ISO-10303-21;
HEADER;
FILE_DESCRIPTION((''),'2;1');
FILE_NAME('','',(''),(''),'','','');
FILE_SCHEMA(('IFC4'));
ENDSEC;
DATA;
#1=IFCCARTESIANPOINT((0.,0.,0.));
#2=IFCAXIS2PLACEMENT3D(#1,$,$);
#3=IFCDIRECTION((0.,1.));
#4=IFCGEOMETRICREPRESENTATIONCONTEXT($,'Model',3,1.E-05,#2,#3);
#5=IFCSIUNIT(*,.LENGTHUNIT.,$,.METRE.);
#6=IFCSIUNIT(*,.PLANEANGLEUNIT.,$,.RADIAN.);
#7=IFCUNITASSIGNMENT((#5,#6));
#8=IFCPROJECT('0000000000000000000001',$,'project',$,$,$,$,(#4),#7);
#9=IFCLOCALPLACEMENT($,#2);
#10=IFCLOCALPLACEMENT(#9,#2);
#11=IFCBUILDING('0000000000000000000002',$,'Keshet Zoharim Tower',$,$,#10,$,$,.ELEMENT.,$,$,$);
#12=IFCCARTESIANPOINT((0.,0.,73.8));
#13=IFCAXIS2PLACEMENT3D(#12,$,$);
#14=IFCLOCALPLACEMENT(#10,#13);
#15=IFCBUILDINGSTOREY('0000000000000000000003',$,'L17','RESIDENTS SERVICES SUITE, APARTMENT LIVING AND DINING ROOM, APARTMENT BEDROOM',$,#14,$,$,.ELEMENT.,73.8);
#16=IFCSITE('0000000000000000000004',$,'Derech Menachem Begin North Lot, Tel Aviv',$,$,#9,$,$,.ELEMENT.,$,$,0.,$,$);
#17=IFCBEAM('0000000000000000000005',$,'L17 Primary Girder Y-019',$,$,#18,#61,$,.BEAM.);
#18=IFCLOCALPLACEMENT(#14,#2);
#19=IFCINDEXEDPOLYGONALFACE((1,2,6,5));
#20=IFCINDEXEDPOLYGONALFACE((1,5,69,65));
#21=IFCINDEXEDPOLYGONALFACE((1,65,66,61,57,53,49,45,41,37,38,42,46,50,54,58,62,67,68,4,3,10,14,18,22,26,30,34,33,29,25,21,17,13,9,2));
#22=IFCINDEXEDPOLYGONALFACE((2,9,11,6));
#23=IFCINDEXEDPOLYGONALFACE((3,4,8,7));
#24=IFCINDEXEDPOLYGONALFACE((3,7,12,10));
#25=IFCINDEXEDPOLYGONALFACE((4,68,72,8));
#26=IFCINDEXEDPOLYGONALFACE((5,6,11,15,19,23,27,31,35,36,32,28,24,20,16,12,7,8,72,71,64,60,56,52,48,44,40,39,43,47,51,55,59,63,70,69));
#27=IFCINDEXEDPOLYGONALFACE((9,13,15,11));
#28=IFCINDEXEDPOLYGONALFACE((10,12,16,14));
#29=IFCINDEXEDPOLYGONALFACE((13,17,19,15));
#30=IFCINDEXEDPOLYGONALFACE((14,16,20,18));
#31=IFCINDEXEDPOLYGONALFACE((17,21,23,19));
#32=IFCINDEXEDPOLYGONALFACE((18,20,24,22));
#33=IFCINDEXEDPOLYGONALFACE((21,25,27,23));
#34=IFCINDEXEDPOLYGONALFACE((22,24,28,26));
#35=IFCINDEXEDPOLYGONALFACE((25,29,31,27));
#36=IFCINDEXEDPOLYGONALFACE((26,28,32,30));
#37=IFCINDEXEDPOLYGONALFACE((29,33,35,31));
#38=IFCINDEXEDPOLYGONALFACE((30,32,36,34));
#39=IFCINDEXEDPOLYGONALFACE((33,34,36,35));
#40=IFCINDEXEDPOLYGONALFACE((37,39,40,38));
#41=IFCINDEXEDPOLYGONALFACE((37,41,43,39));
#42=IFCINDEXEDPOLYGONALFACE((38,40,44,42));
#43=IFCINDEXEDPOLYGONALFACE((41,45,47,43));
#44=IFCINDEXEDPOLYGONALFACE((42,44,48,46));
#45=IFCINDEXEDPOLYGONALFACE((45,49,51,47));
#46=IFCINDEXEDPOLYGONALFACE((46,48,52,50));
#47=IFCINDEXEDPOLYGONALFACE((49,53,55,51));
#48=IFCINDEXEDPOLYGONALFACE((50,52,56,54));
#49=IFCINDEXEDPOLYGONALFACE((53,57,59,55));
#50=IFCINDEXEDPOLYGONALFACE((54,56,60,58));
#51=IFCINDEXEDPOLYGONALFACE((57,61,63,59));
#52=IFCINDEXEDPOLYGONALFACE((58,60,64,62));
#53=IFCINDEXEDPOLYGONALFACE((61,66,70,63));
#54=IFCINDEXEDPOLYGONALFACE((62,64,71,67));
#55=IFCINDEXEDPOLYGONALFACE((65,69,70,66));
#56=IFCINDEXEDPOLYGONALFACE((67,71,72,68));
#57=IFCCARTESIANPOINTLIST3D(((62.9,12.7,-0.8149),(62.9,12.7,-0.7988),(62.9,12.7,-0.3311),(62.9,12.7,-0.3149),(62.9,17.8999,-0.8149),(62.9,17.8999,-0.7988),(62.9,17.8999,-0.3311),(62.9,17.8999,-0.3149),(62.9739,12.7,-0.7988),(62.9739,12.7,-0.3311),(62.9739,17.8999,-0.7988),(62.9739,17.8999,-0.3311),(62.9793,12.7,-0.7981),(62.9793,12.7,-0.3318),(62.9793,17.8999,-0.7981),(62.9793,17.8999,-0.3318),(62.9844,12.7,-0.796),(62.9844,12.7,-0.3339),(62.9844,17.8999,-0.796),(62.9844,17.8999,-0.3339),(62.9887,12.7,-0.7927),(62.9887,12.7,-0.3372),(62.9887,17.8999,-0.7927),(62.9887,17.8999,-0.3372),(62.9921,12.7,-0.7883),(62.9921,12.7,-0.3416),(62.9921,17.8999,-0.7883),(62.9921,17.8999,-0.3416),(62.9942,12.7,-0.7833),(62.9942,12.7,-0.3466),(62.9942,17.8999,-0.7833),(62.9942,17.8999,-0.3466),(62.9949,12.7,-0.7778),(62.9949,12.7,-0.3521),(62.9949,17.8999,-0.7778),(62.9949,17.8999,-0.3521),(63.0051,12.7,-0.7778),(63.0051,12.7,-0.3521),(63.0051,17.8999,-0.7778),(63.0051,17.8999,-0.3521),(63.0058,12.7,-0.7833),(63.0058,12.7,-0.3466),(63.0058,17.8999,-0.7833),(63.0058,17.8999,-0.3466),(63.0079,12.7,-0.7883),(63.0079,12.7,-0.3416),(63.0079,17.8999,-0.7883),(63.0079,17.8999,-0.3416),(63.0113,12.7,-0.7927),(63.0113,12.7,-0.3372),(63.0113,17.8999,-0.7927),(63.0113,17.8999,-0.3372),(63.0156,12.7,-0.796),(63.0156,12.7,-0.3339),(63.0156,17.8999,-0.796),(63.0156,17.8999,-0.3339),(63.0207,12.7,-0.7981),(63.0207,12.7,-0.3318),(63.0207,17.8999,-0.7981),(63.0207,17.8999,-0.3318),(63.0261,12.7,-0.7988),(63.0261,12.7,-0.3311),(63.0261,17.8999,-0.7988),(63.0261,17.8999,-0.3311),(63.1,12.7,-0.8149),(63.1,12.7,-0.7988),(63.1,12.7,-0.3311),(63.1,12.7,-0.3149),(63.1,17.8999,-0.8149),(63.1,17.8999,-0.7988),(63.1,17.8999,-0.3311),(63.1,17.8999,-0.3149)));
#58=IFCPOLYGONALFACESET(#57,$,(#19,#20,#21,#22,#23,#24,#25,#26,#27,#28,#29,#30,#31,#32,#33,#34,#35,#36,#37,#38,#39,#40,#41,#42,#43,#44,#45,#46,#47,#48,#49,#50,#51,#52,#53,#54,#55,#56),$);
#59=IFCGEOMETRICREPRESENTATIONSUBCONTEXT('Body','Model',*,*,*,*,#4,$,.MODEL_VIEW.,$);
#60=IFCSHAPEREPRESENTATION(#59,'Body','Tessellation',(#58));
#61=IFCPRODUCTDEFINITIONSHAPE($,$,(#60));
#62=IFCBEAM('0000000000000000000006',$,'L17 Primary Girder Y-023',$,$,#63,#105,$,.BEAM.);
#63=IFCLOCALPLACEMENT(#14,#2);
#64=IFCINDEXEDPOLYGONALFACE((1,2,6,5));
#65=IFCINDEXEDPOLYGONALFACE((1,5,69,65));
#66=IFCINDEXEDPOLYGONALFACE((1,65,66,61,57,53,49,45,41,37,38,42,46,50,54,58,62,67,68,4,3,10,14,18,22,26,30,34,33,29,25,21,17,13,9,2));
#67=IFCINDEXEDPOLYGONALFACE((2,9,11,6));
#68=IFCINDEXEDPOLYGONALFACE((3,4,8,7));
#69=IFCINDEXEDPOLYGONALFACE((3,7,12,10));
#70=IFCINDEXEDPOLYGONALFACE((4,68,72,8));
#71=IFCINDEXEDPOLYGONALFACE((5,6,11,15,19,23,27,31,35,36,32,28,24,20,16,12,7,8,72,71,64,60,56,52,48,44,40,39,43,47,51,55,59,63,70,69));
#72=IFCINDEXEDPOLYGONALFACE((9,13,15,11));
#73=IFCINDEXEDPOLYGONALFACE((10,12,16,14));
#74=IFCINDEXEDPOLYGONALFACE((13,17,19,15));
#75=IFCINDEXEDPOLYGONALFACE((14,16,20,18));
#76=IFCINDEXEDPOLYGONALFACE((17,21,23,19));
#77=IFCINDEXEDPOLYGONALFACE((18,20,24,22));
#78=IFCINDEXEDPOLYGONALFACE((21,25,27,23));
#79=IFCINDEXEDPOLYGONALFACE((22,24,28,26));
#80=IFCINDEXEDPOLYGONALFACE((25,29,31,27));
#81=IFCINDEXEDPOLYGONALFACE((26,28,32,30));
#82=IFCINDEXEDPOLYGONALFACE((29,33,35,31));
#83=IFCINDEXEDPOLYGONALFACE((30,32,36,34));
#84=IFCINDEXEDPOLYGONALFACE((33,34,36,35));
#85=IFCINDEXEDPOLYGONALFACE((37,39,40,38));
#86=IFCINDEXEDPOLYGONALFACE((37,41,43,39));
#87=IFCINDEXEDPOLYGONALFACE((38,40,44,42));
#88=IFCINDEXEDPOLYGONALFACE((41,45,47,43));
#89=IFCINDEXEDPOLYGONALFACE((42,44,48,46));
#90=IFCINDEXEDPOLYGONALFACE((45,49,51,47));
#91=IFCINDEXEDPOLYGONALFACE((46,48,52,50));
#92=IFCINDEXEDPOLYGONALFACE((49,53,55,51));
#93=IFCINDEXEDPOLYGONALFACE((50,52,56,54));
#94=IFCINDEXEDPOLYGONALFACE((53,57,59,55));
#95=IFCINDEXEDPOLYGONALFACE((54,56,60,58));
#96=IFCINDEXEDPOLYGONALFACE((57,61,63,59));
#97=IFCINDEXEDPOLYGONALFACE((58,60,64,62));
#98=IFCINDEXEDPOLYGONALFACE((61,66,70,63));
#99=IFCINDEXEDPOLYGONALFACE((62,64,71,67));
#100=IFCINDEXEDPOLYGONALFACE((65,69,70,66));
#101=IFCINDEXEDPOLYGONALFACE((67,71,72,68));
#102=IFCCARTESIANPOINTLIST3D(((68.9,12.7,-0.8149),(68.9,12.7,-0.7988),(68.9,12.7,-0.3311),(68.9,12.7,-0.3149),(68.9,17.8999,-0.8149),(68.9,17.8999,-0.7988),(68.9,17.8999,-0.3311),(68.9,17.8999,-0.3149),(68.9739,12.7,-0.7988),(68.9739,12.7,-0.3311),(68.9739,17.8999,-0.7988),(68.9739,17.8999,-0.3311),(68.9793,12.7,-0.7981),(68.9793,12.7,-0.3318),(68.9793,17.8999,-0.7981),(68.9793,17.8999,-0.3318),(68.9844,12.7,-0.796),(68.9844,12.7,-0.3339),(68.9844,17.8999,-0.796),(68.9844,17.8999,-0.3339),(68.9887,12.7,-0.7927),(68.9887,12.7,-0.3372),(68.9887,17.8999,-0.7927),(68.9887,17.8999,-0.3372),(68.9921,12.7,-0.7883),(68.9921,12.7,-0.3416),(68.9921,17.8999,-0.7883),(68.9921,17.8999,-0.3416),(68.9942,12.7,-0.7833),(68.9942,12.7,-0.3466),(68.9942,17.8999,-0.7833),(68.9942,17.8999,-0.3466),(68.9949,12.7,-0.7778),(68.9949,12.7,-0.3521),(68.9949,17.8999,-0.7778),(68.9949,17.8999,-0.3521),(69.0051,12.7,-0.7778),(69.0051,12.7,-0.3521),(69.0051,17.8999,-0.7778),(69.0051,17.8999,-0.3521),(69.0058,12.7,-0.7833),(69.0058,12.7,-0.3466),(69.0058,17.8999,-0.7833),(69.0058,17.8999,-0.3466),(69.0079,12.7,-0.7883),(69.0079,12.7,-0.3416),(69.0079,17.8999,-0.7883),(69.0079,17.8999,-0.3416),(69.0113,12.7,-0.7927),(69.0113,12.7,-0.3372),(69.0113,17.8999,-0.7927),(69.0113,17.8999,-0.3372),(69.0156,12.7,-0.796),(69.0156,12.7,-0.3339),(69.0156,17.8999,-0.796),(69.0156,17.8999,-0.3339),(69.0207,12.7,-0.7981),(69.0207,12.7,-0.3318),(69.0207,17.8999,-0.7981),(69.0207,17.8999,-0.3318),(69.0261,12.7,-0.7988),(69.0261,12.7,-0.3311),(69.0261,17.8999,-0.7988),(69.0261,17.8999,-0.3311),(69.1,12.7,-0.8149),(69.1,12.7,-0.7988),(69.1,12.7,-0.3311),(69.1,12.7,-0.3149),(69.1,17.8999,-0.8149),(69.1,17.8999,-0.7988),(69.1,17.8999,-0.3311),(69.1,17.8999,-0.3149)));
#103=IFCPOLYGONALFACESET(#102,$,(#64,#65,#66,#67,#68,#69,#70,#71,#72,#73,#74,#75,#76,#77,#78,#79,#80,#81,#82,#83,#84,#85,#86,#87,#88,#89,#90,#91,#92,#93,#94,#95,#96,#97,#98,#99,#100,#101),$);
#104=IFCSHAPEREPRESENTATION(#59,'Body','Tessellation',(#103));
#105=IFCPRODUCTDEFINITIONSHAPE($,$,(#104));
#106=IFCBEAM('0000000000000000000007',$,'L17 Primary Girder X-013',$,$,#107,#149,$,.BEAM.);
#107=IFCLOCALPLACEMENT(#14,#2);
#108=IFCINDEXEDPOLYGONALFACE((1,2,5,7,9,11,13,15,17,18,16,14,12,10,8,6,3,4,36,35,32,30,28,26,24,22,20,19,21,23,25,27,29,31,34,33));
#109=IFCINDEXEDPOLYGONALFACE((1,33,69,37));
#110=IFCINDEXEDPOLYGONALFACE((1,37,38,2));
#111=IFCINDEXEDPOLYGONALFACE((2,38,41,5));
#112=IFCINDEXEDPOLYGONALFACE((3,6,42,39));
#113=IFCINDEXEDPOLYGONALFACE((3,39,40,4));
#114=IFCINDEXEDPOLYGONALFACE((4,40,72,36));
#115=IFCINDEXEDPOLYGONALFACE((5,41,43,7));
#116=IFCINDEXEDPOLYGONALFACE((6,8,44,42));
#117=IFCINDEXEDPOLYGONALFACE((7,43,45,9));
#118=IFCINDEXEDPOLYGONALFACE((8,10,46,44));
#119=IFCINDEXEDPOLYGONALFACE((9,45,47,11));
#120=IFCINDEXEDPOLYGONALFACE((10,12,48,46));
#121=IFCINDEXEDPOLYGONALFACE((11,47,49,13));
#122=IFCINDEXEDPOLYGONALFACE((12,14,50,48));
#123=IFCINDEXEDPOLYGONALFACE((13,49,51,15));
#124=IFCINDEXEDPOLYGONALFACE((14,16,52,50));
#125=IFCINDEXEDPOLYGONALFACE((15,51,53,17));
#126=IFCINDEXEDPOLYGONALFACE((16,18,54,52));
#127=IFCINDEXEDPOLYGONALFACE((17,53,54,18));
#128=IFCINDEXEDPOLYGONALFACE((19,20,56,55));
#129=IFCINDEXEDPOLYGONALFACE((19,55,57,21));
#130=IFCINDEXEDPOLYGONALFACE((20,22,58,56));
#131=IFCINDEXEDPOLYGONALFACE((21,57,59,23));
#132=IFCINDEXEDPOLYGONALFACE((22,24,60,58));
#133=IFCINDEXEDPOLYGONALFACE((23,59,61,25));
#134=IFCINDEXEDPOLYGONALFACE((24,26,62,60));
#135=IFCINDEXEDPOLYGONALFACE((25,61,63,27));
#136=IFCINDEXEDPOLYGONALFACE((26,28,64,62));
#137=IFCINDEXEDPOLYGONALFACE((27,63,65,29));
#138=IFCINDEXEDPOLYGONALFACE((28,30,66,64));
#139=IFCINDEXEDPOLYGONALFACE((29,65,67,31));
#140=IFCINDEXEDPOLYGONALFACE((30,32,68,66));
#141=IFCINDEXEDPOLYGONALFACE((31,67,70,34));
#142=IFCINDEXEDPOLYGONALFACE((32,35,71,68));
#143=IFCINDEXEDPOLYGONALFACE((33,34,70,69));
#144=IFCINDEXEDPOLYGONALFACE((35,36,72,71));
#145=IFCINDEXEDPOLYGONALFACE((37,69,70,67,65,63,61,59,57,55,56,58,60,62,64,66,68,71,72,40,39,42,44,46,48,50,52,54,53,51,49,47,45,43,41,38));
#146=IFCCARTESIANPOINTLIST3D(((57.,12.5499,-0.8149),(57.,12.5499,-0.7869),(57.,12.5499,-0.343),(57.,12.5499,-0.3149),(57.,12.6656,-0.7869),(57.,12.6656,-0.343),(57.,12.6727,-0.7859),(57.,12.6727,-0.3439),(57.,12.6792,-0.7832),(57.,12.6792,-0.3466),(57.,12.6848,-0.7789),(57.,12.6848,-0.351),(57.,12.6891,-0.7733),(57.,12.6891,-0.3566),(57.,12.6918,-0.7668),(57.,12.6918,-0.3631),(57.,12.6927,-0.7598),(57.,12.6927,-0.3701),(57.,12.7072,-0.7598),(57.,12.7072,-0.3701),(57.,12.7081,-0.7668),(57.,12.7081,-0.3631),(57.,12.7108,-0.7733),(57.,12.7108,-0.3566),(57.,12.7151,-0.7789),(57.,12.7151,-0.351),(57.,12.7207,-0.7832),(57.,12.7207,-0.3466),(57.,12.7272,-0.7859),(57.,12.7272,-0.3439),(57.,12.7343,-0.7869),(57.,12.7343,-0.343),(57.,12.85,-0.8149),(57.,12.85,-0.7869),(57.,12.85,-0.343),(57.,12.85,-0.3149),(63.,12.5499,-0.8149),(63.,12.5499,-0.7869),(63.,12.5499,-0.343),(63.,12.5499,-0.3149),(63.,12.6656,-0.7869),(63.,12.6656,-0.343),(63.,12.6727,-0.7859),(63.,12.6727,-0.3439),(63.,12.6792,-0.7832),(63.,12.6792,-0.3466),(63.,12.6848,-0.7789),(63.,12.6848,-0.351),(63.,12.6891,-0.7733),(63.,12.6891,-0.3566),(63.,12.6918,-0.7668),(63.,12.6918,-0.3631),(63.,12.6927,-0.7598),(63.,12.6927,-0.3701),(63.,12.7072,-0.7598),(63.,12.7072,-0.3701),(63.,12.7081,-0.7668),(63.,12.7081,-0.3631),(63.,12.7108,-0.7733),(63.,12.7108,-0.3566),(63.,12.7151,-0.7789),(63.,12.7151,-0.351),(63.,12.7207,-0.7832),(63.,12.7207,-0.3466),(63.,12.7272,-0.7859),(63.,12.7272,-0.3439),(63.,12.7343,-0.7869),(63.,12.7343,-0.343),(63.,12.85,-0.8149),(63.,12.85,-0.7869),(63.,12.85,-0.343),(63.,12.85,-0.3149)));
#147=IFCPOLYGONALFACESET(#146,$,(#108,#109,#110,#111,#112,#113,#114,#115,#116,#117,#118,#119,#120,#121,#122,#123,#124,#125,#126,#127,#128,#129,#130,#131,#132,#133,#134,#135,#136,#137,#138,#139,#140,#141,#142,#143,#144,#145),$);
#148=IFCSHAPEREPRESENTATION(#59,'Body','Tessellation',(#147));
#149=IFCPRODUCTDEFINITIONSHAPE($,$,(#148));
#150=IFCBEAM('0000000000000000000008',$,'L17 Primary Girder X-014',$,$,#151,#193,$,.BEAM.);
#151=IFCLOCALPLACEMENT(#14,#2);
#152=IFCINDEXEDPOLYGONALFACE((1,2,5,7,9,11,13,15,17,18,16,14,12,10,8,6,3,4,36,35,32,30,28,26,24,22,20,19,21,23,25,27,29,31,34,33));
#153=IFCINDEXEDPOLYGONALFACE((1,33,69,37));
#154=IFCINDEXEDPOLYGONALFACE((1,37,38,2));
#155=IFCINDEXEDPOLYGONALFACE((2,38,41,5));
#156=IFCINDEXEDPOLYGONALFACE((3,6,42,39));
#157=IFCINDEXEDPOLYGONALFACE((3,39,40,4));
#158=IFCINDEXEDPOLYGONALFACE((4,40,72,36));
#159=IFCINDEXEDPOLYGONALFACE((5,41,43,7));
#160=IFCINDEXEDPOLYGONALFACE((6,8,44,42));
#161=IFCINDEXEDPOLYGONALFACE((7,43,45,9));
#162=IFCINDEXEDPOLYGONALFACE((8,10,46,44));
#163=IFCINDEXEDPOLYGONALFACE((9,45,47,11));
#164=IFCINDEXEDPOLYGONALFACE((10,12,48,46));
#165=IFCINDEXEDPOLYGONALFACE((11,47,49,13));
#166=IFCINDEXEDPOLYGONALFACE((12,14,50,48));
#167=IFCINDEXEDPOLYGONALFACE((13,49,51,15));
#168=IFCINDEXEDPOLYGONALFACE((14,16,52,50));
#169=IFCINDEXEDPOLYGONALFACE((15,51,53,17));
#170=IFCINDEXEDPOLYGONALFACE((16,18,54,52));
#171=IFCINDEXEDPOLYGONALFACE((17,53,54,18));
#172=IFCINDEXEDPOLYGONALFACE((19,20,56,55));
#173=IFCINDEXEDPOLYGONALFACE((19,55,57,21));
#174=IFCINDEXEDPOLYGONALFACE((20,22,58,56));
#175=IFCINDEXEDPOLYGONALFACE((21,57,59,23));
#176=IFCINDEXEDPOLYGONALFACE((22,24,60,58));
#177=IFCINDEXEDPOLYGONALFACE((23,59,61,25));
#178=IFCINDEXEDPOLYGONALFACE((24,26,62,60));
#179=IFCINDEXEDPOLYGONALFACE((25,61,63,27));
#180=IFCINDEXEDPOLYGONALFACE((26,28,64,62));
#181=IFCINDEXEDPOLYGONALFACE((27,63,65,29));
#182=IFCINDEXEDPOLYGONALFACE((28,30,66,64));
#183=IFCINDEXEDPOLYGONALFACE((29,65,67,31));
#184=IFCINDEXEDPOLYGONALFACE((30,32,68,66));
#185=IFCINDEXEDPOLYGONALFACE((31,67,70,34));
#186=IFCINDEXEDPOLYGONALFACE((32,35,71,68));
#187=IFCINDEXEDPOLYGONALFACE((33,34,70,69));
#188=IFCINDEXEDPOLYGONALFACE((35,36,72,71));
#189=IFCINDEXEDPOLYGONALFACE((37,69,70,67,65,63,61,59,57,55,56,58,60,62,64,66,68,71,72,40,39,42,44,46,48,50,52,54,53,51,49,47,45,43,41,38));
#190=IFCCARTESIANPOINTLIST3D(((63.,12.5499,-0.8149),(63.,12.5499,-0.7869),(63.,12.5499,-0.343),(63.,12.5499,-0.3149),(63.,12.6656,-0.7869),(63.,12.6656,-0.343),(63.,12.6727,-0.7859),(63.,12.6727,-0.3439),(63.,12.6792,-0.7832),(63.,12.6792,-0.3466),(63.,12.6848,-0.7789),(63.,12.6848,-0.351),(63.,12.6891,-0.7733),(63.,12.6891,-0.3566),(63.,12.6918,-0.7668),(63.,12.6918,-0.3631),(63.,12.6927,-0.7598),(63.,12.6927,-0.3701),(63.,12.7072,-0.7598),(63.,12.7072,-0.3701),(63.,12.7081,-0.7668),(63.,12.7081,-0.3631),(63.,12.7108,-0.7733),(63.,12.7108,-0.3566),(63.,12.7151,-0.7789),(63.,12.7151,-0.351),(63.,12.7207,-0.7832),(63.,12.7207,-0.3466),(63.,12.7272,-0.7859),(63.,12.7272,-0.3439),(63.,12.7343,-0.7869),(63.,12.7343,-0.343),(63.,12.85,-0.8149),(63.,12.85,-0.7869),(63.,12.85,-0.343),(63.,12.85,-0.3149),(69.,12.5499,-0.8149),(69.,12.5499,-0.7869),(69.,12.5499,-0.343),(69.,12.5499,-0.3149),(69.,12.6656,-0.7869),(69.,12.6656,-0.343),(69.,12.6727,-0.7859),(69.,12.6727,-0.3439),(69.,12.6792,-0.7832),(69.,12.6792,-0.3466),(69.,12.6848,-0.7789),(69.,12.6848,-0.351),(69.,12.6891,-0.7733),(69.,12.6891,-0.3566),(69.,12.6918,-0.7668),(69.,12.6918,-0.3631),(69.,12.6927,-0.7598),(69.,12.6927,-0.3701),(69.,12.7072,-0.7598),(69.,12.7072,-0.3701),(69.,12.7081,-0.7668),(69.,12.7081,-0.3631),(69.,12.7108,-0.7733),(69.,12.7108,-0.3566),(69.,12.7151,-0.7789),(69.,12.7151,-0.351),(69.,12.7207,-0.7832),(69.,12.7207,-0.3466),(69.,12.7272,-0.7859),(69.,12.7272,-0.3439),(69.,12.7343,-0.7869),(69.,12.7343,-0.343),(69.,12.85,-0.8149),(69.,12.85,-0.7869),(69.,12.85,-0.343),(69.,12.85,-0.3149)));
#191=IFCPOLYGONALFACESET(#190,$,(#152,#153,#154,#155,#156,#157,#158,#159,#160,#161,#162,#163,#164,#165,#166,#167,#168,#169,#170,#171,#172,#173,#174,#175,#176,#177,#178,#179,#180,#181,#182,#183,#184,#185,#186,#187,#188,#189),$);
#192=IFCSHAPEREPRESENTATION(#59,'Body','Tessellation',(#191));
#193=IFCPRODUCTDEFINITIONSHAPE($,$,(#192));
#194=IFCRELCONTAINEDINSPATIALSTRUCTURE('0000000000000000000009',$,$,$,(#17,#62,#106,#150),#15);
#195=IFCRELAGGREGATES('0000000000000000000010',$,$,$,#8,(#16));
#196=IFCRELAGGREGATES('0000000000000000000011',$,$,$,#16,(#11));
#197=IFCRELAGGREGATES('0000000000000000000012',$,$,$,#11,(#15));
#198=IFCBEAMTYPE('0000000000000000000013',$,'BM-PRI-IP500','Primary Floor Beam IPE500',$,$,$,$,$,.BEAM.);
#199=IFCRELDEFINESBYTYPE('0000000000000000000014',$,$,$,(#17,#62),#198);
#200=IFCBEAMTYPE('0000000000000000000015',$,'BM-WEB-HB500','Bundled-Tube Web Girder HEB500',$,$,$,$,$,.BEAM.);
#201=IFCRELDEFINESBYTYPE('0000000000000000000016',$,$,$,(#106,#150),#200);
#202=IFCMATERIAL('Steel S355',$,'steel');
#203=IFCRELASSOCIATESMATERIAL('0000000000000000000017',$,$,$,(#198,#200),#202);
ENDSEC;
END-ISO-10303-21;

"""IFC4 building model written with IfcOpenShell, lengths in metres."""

from ifc_helpers import new_model, si_unit, direction, frame, origin, origin_2d, place, context, subcontext, project, spatial, i_section, extrude, material, material_profile, profile_set, type_object, element, save


model = new_model("IFC4")

# Units and contexts
model_context = context("Model", 3, precision=1e-05, world=origin(), true_north=direction((0.0, 1.0)))
body_context = subcontext(model_context, "Body", "Model", "MODEL_VIEW")
ifc_project = project(units=[si_unit("LENGTHUNIT", "METRE"), si_unit("PLANEANGLEUNIT", "RADIAN")], contexts=[model_context])

# Site, building, storey
site_placement = place(None, origin())
site = spatial("IfcSite", under=ifc_project, at=site_placement, Name="Derech Menachem Begin North Lot, Tel Aviv", CompositionType="ELEMENT", RefElevation=0.0)
building_placement = place(site_placement, origin())
building = spatial("IfcBuilding", under=site, at=building_placement, Name="Keshet Zoharim Tower", CompositionType="ELEMENT")
storey_placement = place(building_placement, frame((0.0, 0.0, 73.8)))
storey = spatial("IfcBuildingStorey", under=building, at=storey_placement, Name="L17", Description="RESIDENTS SERVICES SUITE, APARTMENT LIVING AND DINING ROOM, APARTMENT BEDROOM", CompositionType="ELEMENT", Elevation=73.8)

# Shared definitions
ifc_material_1 = material(Name="Steel S355", Category="steel")

# Beams
ifc_material_profile_1 = material_profile(ifc_material_1, i_section(OverallWidth=0.2, OverallDepth=0.5, WebThickness=0.0103, FlangeThickness=0.0161, FilletRadius=0.021, at=origin_2d()), Name="IPE500")
ifc_profile_set_1 = profile_set([ifc_material_profile_1], Name="Steel S355")
beam_type_1 = type_object("IfcBeamType", Name="BM-PRI-IP500", Description="Primary Floor Beam IPE500", PredefinedType="BEAM", material=ifc_profile_set_1)
for number, where, z_axis, x_axis, name in (
    (1, (63.0, 12.7, -0.5649), (0.0, 1.0, 0.0), (-1.0, 0.0, 0.0), "L17 Primary Girder Y-019"),
    (2, (69.0, 12.7, -0.5649), (0.0, 1.0, 0.0), (-1.0, 0.0, 0.0), "L17 Primary Girder Y-023"),
):
    element("IfcBeam", number, at=place(storey_placement, frame(where, z_axis=z_axis, x_axis=x_axis)), inside=storey, type_object=beam_type_1, Name=name, PredefinedType="BEAM", context=body_context, shape_type="SweptSolid", body=[
        extrude(i_section(OverallWidth=0.2, OverallDepth=0.5, WebThickness=0.0103, FlangeThickness=0.0161, FilletRadius=0.021, at=origin_2d()), origin(), (0.0, 0.0, 1.0), 5.2),
    ])
ifc_material_profile_2 = material_profile(ifc_material_1, i_section(OverallWidth=0.3, OverallDepth=0.5, WebThickness=0.0144, FlangeThickness=0.0281, FilletRadius=0.0271, at=origin_2d()), Name="HEB500")
ifc_profile_set_2 = profile_set([ifc_material_profile_2], Name="Steel S355")
beam_type_2 = type_object("IfcBeamType", Name="BM-WEB-HB500", Description="Bundled-Tube Web Girder HEB500", PredefinedType="BEAM", material=ifc_profile_set_2)
for number, where, z_axis, x_axis, name in (
    (3, (57.0, 12.7, -0.5649), (1.0, 0.0, 0.0), (0.0, 1.0, 0.0), "L17 Primary Girder X-013"),
    (4, (63.0, 12.7, -0.5649), (1.0, 0.0, 0.0), (0.0, 1.0, 0.0), "L17 Primary Girder X-014"),
):
    element("IfcBeam", number, at=place(storey_placement, frame(where, z_axis=z_axis, x_axis=x_axis)), inside=storey, type_object=beam_type_2, Name=name, PredefinedType="BEAM", context=body_context, shape_type="SweptSolid", body=[
        extrude(i_section(OverallWidth=0.3, OverallDepth=0.5, WebThickness=0.0144, FlangeThickness=0.0281, FilletRadius=0.0271, at=origin_2d()), origin(), (0.0, 0.0, 1.0), 6.0),
    ])

save(model, "model.ifc")
